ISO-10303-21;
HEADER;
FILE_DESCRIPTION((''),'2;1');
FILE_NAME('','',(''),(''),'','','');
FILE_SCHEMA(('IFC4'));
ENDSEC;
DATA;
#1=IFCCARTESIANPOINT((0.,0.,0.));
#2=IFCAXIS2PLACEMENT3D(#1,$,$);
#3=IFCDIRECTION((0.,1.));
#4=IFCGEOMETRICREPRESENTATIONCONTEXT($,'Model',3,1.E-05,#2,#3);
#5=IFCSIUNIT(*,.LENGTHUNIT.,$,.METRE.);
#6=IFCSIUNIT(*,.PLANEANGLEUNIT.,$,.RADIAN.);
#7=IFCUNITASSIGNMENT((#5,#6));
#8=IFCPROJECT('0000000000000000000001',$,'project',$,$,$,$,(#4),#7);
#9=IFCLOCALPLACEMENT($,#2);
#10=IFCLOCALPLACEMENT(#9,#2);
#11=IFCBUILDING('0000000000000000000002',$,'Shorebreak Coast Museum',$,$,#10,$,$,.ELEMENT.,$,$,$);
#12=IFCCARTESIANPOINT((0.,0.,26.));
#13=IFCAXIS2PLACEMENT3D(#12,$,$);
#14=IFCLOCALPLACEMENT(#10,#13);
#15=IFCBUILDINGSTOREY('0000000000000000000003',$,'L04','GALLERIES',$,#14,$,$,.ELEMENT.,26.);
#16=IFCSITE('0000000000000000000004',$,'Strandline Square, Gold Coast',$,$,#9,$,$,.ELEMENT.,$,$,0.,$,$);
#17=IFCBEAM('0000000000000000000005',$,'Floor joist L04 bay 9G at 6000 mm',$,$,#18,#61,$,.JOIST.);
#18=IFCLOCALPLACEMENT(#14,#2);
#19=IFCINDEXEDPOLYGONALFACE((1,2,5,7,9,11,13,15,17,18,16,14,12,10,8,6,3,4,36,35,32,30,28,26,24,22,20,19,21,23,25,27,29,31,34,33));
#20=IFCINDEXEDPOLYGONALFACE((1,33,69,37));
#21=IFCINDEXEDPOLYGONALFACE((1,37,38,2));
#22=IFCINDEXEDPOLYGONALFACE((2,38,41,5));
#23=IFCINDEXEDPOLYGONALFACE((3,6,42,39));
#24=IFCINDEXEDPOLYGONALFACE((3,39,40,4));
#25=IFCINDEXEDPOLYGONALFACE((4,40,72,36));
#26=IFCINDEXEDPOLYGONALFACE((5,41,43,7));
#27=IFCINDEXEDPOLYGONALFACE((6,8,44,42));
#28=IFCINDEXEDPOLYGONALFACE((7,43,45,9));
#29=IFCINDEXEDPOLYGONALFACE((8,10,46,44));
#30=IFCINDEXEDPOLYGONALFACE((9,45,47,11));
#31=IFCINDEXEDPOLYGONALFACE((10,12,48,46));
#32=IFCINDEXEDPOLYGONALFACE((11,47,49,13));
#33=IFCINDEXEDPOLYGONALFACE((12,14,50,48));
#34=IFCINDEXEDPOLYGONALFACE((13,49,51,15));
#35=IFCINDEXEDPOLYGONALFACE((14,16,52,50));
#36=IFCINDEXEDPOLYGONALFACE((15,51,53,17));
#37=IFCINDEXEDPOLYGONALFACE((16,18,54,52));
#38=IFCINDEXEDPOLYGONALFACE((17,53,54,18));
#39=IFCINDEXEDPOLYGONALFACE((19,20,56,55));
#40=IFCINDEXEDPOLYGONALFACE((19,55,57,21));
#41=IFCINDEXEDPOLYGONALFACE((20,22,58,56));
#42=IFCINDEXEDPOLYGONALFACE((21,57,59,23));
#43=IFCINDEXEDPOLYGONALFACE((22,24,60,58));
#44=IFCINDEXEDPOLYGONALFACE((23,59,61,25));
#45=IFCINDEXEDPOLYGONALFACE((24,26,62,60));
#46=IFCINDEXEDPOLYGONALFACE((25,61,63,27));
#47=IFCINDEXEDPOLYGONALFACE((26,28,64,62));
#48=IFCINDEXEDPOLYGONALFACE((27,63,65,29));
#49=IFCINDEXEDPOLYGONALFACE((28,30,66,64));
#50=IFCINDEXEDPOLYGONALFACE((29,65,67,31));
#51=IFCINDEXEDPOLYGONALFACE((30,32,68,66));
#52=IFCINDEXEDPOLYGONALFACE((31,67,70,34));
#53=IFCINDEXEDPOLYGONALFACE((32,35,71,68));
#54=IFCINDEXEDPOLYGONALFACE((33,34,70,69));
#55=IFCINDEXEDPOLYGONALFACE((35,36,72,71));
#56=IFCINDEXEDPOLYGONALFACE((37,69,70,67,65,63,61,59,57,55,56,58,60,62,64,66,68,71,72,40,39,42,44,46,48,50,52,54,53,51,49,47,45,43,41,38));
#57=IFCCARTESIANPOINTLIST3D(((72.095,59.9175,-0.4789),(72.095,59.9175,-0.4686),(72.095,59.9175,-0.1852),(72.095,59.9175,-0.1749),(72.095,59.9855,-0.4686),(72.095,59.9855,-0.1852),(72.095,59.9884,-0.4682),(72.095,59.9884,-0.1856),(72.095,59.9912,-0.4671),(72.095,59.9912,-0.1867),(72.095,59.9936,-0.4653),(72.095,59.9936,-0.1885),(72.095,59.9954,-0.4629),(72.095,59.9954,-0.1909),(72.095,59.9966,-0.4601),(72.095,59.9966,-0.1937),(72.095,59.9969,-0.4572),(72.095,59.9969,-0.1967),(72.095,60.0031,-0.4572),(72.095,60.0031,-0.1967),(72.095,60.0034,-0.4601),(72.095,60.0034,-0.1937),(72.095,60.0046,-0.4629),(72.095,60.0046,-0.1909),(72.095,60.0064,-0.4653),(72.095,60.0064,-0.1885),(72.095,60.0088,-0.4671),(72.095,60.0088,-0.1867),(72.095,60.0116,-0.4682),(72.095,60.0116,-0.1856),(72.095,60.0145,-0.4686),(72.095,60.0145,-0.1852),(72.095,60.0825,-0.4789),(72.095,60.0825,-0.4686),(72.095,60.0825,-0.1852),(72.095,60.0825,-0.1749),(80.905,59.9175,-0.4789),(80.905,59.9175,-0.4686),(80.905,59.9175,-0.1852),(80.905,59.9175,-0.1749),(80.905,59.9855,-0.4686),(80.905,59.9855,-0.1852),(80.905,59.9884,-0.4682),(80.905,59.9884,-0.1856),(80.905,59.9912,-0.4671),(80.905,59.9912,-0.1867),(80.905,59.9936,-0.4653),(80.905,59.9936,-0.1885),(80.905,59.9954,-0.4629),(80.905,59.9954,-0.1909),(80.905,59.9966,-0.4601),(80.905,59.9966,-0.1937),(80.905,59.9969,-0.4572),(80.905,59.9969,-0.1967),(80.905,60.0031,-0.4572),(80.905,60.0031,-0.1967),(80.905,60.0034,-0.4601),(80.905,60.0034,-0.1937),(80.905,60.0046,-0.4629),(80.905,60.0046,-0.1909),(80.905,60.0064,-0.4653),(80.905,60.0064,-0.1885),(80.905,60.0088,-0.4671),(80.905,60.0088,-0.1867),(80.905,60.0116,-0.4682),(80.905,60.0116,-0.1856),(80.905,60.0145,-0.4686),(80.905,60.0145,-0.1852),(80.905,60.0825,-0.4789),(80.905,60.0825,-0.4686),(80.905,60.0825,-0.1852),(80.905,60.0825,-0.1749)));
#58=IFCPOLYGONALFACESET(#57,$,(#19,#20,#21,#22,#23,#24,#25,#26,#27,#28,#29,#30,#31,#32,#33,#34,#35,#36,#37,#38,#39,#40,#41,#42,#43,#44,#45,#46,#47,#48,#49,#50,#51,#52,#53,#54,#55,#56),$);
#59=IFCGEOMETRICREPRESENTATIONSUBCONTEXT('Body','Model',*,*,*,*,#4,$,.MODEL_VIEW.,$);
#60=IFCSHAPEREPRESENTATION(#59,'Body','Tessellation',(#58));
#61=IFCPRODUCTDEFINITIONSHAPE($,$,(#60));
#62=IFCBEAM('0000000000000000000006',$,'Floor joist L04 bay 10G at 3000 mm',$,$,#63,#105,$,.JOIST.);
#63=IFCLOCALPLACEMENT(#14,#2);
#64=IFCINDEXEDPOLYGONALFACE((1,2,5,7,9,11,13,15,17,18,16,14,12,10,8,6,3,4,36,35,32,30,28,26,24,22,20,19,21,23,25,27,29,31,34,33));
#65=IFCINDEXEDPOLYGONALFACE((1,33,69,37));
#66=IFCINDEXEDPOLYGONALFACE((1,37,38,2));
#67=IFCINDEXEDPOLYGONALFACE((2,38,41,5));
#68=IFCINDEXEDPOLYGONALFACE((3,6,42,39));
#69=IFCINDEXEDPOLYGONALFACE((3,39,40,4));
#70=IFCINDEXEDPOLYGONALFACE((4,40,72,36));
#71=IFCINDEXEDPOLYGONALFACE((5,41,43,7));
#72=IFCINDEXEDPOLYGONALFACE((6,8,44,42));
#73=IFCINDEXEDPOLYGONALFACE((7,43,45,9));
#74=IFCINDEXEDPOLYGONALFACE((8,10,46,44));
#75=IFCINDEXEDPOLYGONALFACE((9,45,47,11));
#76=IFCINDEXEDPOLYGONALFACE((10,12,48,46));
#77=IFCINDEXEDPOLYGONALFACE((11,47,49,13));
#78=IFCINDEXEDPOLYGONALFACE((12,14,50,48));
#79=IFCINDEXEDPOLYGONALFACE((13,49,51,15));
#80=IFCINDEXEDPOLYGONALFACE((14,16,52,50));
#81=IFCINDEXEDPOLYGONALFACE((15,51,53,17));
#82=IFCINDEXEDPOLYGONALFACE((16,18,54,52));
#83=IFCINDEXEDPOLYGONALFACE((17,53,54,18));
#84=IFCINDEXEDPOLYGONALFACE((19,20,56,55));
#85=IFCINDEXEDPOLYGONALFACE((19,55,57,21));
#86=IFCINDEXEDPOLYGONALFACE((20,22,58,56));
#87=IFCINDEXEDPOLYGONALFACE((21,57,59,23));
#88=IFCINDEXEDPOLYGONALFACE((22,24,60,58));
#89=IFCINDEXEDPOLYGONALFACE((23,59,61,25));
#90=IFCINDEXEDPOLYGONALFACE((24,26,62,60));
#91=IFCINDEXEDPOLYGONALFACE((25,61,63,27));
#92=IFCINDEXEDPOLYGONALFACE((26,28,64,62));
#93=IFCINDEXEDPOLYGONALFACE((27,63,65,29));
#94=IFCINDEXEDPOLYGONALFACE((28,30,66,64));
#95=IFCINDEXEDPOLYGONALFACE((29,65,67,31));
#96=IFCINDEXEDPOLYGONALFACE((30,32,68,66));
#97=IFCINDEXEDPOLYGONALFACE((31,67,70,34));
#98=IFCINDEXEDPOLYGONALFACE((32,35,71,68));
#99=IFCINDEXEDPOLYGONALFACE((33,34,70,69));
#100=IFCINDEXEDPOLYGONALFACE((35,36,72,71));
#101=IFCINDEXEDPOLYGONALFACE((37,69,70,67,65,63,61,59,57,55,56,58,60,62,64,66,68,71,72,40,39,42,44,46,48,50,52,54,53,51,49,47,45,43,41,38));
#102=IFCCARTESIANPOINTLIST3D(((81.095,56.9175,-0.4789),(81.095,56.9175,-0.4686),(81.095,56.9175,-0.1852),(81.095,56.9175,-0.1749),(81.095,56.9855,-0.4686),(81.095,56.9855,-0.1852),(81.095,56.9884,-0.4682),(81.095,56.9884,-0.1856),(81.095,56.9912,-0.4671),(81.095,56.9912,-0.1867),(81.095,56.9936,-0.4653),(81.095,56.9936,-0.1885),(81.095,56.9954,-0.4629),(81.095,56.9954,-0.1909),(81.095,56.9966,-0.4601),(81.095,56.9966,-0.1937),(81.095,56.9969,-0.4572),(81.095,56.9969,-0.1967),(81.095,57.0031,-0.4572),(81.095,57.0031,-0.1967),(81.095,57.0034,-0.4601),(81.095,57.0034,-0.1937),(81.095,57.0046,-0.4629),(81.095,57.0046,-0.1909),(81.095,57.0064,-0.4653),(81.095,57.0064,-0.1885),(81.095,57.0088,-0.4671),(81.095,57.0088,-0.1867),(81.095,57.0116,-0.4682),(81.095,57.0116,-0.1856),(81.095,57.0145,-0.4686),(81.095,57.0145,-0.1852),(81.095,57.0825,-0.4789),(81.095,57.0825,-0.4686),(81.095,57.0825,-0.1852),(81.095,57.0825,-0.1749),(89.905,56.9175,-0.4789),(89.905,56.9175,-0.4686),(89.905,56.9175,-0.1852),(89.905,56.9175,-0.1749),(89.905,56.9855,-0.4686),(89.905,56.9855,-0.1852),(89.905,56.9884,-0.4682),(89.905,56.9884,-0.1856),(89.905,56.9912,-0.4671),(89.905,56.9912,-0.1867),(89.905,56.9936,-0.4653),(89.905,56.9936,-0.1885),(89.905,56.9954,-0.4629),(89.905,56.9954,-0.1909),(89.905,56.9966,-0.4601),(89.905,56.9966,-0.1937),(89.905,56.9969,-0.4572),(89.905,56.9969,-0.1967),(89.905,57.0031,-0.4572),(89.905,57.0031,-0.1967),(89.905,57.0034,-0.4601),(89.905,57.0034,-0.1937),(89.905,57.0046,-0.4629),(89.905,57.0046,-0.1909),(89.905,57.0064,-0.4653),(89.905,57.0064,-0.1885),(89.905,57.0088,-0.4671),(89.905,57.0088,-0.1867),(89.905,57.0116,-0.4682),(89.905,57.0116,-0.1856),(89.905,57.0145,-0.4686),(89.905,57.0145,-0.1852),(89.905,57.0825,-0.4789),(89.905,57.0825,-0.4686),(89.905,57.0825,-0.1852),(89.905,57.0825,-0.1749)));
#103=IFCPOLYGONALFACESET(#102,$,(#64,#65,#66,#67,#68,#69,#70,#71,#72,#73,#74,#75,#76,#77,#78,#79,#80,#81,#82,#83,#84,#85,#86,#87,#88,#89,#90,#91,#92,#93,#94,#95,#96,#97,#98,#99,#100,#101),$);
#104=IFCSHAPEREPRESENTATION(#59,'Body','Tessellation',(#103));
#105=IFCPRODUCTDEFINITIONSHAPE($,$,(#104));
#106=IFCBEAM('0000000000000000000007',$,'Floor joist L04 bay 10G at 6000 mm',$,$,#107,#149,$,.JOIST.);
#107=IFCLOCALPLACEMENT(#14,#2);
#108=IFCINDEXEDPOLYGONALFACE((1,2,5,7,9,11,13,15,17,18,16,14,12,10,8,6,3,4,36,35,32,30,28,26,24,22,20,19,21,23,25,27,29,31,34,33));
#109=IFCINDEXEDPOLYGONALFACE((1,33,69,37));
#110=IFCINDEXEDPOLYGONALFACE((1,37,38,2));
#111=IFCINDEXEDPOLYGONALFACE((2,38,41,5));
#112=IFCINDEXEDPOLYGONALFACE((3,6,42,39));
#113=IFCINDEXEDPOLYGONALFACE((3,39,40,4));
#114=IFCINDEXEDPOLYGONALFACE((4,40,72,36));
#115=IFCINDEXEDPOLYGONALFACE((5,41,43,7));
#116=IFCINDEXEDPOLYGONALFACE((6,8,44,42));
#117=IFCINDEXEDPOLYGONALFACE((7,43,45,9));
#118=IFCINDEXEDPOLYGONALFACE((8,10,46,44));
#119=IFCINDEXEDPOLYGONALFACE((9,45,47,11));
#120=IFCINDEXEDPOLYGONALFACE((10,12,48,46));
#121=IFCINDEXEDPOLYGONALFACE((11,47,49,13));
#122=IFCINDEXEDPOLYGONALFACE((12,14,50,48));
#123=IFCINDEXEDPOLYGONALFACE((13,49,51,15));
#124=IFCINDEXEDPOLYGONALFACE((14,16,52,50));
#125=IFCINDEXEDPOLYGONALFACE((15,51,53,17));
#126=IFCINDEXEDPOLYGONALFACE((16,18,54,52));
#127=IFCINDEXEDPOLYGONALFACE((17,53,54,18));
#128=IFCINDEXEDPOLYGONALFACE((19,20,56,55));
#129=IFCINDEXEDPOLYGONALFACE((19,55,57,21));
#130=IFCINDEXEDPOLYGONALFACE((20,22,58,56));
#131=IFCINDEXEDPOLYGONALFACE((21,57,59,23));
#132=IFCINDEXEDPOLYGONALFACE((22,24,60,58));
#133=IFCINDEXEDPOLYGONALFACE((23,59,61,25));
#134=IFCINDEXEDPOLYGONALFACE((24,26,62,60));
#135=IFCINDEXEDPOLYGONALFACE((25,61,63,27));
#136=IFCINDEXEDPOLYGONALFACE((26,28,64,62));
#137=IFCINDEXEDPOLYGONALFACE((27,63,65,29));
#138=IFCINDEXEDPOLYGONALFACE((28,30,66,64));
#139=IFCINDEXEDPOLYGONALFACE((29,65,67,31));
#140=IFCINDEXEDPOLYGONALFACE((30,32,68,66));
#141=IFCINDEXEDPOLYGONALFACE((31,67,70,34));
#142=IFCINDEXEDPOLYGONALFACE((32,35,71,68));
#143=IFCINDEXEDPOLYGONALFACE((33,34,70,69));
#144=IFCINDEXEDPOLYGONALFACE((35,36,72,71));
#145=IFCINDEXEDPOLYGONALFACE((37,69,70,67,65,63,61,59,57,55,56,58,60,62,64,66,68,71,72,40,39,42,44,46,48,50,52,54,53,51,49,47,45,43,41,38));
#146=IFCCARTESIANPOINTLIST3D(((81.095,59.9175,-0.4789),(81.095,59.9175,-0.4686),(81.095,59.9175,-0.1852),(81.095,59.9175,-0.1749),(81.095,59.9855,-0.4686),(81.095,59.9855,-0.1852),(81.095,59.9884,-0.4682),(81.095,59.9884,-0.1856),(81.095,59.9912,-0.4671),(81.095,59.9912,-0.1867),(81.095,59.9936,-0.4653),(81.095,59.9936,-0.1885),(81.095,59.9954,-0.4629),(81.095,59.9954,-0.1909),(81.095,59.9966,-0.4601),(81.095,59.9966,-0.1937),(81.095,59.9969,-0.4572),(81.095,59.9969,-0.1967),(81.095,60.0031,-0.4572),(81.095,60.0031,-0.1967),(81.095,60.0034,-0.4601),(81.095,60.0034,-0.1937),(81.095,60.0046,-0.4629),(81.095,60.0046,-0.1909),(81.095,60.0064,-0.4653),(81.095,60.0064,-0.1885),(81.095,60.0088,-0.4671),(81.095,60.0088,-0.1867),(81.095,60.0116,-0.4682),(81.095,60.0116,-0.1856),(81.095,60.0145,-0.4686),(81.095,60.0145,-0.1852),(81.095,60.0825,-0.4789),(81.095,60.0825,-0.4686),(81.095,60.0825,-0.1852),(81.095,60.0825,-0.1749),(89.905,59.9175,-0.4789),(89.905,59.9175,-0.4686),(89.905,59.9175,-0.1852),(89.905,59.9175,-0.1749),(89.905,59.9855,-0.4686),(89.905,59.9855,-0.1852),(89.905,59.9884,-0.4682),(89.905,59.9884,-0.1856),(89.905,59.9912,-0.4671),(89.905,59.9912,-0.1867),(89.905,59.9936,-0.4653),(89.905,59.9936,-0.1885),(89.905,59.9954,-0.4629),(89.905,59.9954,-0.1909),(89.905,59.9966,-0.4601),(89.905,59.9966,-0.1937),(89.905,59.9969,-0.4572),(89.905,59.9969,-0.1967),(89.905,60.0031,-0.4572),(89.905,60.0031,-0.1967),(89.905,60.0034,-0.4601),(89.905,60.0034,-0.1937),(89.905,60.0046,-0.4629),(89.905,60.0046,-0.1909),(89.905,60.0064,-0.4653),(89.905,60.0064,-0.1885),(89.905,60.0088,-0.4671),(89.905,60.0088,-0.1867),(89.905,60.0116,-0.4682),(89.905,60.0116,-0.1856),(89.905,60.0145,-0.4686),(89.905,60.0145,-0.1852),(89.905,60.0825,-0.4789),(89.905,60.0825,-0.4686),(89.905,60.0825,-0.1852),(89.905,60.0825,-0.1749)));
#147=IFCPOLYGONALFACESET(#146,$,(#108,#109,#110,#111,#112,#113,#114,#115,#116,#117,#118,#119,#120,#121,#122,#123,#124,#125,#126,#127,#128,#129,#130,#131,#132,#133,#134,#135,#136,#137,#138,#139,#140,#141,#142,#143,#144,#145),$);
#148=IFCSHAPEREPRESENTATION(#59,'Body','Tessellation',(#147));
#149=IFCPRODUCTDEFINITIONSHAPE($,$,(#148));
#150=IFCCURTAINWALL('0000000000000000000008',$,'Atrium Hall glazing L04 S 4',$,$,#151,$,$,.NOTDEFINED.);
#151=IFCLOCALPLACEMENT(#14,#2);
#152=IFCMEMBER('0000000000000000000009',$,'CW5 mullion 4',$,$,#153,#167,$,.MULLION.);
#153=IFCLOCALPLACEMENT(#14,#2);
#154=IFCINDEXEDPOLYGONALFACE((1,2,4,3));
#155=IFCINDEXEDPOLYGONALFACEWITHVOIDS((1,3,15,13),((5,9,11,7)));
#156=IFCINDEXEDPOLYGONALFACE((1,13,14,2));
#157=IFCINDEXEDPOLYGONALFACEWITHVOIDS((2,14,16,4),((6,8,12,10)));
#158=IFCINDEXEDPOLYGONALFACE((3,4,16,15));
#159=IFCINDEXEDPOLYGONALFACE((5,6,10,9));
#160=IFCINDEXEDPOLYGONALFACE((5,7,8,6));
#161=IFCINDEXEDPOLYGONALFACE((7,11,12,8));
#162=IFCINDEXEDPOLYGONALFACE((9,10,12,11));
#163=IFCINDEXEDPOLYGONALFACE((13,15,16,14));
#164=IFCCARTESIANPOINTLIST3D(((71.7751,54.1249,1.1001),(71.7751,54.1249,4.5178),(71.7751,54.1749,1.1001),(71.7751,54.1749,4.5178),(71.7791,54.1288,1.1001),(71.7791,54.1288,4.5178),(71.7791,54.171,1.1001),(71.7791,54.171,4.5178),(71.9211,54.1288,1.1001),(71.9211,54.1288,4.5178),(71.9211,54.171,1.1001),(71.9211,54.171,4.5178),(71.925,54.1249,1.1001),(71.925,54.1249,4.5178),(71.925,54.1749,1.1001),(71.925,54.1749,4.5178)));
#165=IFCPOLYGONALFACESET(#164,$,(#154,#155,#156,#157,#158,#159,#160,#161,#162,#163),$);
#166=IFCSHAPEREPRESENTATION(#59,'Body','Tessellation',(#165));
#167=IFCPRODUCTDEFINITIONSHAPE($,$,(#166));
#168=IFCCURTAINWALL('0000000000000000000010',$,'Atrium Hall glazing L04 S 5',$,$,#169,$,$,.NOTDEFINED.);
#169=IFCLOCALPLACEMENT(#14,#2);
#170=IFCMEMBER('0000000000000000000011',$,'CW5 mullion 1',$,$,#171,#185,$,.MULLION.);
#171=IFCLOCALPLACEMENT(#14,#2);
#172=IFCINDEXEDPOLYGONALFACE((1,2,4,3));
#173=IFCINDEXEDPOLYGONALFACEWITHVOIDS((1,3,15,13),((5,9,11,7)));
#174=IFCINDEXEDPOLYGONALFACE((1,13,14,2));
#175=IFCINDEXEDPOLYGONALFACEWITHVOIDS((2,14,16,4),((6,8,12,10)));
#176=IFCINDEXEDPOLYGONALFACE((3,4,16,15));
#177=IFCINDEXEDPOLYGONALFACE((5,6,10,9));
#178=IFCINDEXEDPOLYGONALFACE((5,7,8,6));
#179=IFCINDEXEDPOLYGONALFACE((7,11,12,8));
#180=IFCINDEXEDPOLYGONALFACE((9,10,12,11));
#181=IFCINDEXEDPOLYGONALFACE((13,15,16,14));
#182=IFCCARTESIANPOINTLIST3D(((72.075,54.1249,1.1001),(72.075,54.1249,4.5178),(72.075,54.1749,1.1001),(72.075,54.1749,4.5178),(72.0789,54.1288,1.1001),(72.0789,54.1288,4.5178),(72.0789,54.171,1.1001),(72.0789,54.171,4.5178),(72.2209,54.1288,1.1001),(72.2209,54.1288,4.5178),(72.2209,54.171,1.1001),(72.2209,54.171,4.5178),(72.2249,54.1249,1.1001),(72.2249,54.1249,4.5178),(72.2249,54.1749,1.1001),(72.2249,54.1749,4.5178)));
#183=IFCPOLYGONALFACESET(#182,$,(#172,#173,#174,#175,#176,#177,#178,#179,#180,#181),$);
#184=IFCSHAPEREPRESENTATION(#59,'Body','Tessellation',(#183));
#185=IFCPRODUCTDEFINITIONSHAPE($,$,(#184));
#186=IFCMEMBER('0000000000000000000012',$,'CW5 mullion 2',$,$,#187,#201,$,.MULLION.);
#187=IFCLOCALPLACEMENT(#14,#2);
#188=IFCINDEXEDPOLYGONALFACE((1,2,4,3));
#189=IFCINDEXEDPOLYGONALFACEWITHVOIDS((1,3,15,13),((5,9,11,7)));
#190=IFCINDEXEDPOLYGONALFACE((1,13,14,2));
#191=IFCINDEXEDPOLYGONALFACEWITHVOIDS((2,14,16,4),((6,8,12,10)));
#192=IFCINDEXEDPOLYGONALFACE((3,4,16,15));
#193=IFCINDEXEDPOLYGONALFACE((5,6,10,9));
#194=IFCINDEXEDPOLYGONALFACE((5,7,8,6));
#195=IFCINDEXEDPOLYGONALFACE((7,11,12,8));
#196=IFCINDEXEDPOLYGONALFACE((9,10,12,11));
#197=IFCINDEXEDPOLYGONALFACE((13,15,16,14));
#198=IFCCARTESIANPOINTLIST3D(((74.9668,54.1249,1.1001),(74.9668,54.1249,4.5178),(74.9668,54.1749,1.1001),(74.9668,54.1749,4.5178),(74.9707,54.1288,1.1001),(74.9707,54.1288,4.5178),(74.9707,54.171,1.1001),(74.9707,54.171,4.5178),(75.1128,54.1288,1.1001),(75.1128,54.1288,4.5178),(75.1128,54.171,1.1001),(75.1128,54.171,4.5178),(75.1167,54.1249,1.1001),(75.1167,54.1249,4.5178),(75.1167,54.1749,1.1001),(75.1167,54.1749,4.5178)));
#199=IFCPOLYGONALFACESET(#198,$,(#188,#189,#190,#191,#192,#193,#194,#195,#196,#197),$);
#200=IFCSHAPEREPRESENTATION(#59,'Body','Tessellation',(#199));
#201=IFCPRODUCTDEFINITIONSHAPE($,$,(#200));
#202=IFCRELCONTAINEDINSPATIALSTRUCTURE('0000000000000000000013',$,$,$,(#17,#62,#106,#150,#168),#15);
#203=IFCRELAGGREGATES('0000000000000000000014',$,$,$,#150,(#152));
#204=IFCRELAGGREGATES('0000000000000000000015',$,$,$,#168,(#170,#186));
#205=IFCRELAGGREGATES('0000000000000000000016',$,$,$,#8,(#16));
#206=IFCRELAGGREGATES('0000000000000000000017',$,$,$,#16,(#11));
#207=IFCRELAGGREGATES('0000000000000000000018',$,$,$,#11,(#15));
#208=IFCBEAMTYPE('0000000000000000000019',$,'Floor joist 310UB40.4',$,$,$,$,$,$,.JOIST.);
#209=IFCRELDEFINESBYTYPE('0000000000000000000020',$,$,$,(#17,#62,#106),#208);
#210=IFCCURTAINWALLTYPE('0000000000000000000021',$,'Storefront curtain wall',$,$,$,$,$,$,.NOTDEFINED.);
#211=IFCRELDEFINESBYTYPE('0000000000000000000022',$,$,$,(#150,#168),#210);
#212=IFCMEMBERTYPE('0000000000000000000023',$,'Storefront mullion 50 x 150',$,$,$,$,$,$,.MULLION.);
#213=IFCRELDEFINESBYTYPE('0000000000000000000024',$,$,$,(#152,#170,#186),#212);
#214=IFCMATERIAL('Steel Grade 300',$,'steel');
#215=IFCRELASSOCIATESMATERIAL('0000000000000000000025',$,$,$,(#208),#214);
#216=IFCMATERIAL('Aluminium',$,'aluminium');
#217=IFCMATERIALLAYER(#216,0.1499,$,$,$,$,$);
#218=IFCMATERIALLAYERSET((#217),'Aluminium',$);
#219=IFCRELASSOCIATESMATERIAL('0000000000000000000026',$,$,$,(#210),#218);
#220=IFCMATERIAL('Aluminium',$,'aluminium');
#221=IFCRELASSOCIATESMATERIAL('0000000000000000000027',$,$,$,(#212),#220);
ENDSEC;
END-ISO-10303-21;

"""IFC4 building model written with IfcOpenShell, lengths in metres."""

from ifc_helpers import new_model, si_unit, direction, frame, origin, origin_2d, place, context, subcontext, project, spatial, hollow_rectangle, i_section, extrude, material, layer, layer_set, material_profile, profile_set, type_object, element, aggregate, save


model = new_model("IFC4")

# Units and contexts
model_context = context("Model", 3, precision=1e-05, world=origin(), true_north=direction((0.0, 1.0)))
body_context = subcontext(model_context, "Body", "Model", "MODEL_VIEW")
ifc_project = project(units=[si_unit("LENGTHUNIT", "METRE"), si_unit("PLANEANGLEUNIT", "RADIAN")], contexts=[model_context])

# Site, building, storey
site_placement = place(None, origin())
site = spatial("IfcSite", under=ifc_project, at=site_placement, Name="Strandline Square, Gold Coast", CompositionType="ELEMENT", RefElevation=0.0)
building_placement = place(site_placement, origin())
building = spatial("IfcBuilding", under=site, at=building_placement, Name="Shorebreak Coast Museum", CompositionType="ELEMENT")
storey_placement = place(building_placement, frame((0.0, 0.0, 26.0)))
storey = spatial("IfcBuildingStorey", under=building, at=storey_placement, Name="L04", Description="GALLERIES", CompositionType="ELEMENT", Elevation=26.0)

# Beams
ifc_material_1 = material(Name="Steel Grade 300", Category="steel")
ifc_material_profile_1 = material_profile(ifc_material_1, i_section(OverallWidth=0.165, OverallDepth=0.304, WebThickness=0.0061, FlangeThickness=0.0103, FilletRadius=0.0115, at=origin_2d()), Name="310UB40.4")
ifc_profile_set_1 = profile_set([ifc_material_profile_1], Name="Steel Grade 300")
beam_type_1 = type_object("IfcBeamType", Name="Floor joist 310UB40.4", PredefinedType="JOIST", material=ifc_profile_set_1)
for number, where, z_axis, x_axis, name in (
    (1, (72.095, 60.0, -0.3269), (1.0, 0.0, 0.0), (0.0, 1.0, 0.0), "Floor joist L04 bay 9G at 6000 mm"),
    (2, (81.095, 57.0, -0.3269), (1.0, 0.0, 0.0), (0.0, 1.0, 0.0), "Floor joist L04 bay 10G at 3000 mm"),
    (3, (81.095, 60.0, -0.3269), (1.0, 0.0, 0.0), (0.0, 1.0, 0.0), "Floor joist L04 bay 10G at 6000 mm"),
):
    element("IfcBeam", number, at=place(storey_placement, frame(where, z_axis=z_axis, x_axis=x_axis)), inside=storey, type_object=beam_type_1, Name=name, PredefinedType="JOIST", context=body_context, shape_type="SweptSolid", body=[
        extrude(i_section(OverallWidth=0.165, OverallDepth=0.304, WebThickness=0.0061, FlangeThickness=0.0103, FilletRadius=0.0115, at=origin_2d()), origin(), (0.0, 0.0, 1.0), 8.8101),
    ])

# Curtain wall, member
ifc_material_2 = material(Name="Aluminium", Category="aluminium")
ifc_layer_1 = layer(ifc_material_2, 0.1499)
ifc_layer_set_1 = layer_set([ifc_layer_1], Name="Aluminium")
curtain_wall_type = type_object("IfcCurtainWallType", Name="Storefront curtain wall", PredefinedType="NOTDEFINED", material=ifc_layer_set_1)
curtain_wall_1_placement = place(storey_placement, origin())
curtain_wall_1 = element("IfcCurtainWall", 4, at=curtain_wall_1_placement, inside=storey, type_object=curtain_wall_type, Name="Atrium Hall glazing L04 S 4", PredefinedType="NOTDEFINED")
ifc_material_3 = material(Name="Aluminium", Category="aluminium")
ifc_material_profile_2 = material_profile(ifc_material_3, hollow_rectangle(XDim=0.05, YDim=0.1499, WallThickness=0.0039, at=origin_2d()), Name="AL 150x50 RHS")
ifc_profile_set_2 = profile_set([ifc_material_profile_2], Name="Aluminium")
member_type_1 = type_object("IfcMemberType", Name="Storefront mullion 50 x 150", PredefinedType="MULLION", material=ifc_profile_set_2)
member_1_placement = place(storey_placement, frame((71.8501, 54.1499, 1.1001), z_axis=(0.0, 0.0, 1.0), x_axis=(0.0, 1.0, 0.0)))
member_1 = element("IfcMember", 5, at=member_1_placement, type_object=member_type_1, Name="CW5 mullion 4", PredefinedType="MULLION", context=body_context, shape_type="SweptSolid", body=[
    extrude(hollow_rectangle(XDim=0.05, YDim=0.1499, WallThickness=0.0039, at=origin_2d()), origin(), (0.0, 0.0, 1.0), 3.4177),
])
aggregate(curtain_wall_1, [member_1])

# Curtain wall, members
curtain_wall_2_placement = place(storey_placement, origin())
curtain_wall_2 = element("IfcCurtainWall", 6, at=curtain_wall_2_placement, inside=storey, type_object=curtain_wall_type, Name="Atrium Hall glazing L04 S 5", PredefinedType="NOTDEFINED")
member_2_placement = place(storey_placement, frame((72.1499, 54.1499, 1.1001), z_axis=(0.0, 0.0, 1.0), x_axis=(0.0, 1.0, 0.0)))
member_2 = element("IfcMember", 7, at=member_2_placement, type_object=member_type_1, Name="CW5 mullion 1", PredefinedType="MULLION", context=body_context, shape_type="SweptSolid", body=[
    extrude(hollow_rectangle(XDim=0.05, YDim=0.1499, WallThickness=0.0039, at=origin_2d()), origin(), (0.0, 0.0, 1.0), 3.4177),
])
member_3_placement = place(storey_placement, frame((75.0417, 54.1499, 1.1001), z_axis=(0.0, 0.0, 1.0), x_axis=(0.0, 1.0, 0.0)))
member_3 = element("IfcMember", 8, at=member_3_placement, type_object=member_type_1, Name="CW5 mullion 2", PredefinedType="MULLION", context=body_context, shape_type="SweptSolid", body=[
    extrude(hollow_rectangle(XDim=0.05, YDim=0.1499, WallThickness=0.0039, at=origin_2d()), origin(), (0.0, 0.0, 1.0), 3.4177),
])
aggregate(curtain_wall_2, [member_2, member_3])

save(model, "model.ifc")
